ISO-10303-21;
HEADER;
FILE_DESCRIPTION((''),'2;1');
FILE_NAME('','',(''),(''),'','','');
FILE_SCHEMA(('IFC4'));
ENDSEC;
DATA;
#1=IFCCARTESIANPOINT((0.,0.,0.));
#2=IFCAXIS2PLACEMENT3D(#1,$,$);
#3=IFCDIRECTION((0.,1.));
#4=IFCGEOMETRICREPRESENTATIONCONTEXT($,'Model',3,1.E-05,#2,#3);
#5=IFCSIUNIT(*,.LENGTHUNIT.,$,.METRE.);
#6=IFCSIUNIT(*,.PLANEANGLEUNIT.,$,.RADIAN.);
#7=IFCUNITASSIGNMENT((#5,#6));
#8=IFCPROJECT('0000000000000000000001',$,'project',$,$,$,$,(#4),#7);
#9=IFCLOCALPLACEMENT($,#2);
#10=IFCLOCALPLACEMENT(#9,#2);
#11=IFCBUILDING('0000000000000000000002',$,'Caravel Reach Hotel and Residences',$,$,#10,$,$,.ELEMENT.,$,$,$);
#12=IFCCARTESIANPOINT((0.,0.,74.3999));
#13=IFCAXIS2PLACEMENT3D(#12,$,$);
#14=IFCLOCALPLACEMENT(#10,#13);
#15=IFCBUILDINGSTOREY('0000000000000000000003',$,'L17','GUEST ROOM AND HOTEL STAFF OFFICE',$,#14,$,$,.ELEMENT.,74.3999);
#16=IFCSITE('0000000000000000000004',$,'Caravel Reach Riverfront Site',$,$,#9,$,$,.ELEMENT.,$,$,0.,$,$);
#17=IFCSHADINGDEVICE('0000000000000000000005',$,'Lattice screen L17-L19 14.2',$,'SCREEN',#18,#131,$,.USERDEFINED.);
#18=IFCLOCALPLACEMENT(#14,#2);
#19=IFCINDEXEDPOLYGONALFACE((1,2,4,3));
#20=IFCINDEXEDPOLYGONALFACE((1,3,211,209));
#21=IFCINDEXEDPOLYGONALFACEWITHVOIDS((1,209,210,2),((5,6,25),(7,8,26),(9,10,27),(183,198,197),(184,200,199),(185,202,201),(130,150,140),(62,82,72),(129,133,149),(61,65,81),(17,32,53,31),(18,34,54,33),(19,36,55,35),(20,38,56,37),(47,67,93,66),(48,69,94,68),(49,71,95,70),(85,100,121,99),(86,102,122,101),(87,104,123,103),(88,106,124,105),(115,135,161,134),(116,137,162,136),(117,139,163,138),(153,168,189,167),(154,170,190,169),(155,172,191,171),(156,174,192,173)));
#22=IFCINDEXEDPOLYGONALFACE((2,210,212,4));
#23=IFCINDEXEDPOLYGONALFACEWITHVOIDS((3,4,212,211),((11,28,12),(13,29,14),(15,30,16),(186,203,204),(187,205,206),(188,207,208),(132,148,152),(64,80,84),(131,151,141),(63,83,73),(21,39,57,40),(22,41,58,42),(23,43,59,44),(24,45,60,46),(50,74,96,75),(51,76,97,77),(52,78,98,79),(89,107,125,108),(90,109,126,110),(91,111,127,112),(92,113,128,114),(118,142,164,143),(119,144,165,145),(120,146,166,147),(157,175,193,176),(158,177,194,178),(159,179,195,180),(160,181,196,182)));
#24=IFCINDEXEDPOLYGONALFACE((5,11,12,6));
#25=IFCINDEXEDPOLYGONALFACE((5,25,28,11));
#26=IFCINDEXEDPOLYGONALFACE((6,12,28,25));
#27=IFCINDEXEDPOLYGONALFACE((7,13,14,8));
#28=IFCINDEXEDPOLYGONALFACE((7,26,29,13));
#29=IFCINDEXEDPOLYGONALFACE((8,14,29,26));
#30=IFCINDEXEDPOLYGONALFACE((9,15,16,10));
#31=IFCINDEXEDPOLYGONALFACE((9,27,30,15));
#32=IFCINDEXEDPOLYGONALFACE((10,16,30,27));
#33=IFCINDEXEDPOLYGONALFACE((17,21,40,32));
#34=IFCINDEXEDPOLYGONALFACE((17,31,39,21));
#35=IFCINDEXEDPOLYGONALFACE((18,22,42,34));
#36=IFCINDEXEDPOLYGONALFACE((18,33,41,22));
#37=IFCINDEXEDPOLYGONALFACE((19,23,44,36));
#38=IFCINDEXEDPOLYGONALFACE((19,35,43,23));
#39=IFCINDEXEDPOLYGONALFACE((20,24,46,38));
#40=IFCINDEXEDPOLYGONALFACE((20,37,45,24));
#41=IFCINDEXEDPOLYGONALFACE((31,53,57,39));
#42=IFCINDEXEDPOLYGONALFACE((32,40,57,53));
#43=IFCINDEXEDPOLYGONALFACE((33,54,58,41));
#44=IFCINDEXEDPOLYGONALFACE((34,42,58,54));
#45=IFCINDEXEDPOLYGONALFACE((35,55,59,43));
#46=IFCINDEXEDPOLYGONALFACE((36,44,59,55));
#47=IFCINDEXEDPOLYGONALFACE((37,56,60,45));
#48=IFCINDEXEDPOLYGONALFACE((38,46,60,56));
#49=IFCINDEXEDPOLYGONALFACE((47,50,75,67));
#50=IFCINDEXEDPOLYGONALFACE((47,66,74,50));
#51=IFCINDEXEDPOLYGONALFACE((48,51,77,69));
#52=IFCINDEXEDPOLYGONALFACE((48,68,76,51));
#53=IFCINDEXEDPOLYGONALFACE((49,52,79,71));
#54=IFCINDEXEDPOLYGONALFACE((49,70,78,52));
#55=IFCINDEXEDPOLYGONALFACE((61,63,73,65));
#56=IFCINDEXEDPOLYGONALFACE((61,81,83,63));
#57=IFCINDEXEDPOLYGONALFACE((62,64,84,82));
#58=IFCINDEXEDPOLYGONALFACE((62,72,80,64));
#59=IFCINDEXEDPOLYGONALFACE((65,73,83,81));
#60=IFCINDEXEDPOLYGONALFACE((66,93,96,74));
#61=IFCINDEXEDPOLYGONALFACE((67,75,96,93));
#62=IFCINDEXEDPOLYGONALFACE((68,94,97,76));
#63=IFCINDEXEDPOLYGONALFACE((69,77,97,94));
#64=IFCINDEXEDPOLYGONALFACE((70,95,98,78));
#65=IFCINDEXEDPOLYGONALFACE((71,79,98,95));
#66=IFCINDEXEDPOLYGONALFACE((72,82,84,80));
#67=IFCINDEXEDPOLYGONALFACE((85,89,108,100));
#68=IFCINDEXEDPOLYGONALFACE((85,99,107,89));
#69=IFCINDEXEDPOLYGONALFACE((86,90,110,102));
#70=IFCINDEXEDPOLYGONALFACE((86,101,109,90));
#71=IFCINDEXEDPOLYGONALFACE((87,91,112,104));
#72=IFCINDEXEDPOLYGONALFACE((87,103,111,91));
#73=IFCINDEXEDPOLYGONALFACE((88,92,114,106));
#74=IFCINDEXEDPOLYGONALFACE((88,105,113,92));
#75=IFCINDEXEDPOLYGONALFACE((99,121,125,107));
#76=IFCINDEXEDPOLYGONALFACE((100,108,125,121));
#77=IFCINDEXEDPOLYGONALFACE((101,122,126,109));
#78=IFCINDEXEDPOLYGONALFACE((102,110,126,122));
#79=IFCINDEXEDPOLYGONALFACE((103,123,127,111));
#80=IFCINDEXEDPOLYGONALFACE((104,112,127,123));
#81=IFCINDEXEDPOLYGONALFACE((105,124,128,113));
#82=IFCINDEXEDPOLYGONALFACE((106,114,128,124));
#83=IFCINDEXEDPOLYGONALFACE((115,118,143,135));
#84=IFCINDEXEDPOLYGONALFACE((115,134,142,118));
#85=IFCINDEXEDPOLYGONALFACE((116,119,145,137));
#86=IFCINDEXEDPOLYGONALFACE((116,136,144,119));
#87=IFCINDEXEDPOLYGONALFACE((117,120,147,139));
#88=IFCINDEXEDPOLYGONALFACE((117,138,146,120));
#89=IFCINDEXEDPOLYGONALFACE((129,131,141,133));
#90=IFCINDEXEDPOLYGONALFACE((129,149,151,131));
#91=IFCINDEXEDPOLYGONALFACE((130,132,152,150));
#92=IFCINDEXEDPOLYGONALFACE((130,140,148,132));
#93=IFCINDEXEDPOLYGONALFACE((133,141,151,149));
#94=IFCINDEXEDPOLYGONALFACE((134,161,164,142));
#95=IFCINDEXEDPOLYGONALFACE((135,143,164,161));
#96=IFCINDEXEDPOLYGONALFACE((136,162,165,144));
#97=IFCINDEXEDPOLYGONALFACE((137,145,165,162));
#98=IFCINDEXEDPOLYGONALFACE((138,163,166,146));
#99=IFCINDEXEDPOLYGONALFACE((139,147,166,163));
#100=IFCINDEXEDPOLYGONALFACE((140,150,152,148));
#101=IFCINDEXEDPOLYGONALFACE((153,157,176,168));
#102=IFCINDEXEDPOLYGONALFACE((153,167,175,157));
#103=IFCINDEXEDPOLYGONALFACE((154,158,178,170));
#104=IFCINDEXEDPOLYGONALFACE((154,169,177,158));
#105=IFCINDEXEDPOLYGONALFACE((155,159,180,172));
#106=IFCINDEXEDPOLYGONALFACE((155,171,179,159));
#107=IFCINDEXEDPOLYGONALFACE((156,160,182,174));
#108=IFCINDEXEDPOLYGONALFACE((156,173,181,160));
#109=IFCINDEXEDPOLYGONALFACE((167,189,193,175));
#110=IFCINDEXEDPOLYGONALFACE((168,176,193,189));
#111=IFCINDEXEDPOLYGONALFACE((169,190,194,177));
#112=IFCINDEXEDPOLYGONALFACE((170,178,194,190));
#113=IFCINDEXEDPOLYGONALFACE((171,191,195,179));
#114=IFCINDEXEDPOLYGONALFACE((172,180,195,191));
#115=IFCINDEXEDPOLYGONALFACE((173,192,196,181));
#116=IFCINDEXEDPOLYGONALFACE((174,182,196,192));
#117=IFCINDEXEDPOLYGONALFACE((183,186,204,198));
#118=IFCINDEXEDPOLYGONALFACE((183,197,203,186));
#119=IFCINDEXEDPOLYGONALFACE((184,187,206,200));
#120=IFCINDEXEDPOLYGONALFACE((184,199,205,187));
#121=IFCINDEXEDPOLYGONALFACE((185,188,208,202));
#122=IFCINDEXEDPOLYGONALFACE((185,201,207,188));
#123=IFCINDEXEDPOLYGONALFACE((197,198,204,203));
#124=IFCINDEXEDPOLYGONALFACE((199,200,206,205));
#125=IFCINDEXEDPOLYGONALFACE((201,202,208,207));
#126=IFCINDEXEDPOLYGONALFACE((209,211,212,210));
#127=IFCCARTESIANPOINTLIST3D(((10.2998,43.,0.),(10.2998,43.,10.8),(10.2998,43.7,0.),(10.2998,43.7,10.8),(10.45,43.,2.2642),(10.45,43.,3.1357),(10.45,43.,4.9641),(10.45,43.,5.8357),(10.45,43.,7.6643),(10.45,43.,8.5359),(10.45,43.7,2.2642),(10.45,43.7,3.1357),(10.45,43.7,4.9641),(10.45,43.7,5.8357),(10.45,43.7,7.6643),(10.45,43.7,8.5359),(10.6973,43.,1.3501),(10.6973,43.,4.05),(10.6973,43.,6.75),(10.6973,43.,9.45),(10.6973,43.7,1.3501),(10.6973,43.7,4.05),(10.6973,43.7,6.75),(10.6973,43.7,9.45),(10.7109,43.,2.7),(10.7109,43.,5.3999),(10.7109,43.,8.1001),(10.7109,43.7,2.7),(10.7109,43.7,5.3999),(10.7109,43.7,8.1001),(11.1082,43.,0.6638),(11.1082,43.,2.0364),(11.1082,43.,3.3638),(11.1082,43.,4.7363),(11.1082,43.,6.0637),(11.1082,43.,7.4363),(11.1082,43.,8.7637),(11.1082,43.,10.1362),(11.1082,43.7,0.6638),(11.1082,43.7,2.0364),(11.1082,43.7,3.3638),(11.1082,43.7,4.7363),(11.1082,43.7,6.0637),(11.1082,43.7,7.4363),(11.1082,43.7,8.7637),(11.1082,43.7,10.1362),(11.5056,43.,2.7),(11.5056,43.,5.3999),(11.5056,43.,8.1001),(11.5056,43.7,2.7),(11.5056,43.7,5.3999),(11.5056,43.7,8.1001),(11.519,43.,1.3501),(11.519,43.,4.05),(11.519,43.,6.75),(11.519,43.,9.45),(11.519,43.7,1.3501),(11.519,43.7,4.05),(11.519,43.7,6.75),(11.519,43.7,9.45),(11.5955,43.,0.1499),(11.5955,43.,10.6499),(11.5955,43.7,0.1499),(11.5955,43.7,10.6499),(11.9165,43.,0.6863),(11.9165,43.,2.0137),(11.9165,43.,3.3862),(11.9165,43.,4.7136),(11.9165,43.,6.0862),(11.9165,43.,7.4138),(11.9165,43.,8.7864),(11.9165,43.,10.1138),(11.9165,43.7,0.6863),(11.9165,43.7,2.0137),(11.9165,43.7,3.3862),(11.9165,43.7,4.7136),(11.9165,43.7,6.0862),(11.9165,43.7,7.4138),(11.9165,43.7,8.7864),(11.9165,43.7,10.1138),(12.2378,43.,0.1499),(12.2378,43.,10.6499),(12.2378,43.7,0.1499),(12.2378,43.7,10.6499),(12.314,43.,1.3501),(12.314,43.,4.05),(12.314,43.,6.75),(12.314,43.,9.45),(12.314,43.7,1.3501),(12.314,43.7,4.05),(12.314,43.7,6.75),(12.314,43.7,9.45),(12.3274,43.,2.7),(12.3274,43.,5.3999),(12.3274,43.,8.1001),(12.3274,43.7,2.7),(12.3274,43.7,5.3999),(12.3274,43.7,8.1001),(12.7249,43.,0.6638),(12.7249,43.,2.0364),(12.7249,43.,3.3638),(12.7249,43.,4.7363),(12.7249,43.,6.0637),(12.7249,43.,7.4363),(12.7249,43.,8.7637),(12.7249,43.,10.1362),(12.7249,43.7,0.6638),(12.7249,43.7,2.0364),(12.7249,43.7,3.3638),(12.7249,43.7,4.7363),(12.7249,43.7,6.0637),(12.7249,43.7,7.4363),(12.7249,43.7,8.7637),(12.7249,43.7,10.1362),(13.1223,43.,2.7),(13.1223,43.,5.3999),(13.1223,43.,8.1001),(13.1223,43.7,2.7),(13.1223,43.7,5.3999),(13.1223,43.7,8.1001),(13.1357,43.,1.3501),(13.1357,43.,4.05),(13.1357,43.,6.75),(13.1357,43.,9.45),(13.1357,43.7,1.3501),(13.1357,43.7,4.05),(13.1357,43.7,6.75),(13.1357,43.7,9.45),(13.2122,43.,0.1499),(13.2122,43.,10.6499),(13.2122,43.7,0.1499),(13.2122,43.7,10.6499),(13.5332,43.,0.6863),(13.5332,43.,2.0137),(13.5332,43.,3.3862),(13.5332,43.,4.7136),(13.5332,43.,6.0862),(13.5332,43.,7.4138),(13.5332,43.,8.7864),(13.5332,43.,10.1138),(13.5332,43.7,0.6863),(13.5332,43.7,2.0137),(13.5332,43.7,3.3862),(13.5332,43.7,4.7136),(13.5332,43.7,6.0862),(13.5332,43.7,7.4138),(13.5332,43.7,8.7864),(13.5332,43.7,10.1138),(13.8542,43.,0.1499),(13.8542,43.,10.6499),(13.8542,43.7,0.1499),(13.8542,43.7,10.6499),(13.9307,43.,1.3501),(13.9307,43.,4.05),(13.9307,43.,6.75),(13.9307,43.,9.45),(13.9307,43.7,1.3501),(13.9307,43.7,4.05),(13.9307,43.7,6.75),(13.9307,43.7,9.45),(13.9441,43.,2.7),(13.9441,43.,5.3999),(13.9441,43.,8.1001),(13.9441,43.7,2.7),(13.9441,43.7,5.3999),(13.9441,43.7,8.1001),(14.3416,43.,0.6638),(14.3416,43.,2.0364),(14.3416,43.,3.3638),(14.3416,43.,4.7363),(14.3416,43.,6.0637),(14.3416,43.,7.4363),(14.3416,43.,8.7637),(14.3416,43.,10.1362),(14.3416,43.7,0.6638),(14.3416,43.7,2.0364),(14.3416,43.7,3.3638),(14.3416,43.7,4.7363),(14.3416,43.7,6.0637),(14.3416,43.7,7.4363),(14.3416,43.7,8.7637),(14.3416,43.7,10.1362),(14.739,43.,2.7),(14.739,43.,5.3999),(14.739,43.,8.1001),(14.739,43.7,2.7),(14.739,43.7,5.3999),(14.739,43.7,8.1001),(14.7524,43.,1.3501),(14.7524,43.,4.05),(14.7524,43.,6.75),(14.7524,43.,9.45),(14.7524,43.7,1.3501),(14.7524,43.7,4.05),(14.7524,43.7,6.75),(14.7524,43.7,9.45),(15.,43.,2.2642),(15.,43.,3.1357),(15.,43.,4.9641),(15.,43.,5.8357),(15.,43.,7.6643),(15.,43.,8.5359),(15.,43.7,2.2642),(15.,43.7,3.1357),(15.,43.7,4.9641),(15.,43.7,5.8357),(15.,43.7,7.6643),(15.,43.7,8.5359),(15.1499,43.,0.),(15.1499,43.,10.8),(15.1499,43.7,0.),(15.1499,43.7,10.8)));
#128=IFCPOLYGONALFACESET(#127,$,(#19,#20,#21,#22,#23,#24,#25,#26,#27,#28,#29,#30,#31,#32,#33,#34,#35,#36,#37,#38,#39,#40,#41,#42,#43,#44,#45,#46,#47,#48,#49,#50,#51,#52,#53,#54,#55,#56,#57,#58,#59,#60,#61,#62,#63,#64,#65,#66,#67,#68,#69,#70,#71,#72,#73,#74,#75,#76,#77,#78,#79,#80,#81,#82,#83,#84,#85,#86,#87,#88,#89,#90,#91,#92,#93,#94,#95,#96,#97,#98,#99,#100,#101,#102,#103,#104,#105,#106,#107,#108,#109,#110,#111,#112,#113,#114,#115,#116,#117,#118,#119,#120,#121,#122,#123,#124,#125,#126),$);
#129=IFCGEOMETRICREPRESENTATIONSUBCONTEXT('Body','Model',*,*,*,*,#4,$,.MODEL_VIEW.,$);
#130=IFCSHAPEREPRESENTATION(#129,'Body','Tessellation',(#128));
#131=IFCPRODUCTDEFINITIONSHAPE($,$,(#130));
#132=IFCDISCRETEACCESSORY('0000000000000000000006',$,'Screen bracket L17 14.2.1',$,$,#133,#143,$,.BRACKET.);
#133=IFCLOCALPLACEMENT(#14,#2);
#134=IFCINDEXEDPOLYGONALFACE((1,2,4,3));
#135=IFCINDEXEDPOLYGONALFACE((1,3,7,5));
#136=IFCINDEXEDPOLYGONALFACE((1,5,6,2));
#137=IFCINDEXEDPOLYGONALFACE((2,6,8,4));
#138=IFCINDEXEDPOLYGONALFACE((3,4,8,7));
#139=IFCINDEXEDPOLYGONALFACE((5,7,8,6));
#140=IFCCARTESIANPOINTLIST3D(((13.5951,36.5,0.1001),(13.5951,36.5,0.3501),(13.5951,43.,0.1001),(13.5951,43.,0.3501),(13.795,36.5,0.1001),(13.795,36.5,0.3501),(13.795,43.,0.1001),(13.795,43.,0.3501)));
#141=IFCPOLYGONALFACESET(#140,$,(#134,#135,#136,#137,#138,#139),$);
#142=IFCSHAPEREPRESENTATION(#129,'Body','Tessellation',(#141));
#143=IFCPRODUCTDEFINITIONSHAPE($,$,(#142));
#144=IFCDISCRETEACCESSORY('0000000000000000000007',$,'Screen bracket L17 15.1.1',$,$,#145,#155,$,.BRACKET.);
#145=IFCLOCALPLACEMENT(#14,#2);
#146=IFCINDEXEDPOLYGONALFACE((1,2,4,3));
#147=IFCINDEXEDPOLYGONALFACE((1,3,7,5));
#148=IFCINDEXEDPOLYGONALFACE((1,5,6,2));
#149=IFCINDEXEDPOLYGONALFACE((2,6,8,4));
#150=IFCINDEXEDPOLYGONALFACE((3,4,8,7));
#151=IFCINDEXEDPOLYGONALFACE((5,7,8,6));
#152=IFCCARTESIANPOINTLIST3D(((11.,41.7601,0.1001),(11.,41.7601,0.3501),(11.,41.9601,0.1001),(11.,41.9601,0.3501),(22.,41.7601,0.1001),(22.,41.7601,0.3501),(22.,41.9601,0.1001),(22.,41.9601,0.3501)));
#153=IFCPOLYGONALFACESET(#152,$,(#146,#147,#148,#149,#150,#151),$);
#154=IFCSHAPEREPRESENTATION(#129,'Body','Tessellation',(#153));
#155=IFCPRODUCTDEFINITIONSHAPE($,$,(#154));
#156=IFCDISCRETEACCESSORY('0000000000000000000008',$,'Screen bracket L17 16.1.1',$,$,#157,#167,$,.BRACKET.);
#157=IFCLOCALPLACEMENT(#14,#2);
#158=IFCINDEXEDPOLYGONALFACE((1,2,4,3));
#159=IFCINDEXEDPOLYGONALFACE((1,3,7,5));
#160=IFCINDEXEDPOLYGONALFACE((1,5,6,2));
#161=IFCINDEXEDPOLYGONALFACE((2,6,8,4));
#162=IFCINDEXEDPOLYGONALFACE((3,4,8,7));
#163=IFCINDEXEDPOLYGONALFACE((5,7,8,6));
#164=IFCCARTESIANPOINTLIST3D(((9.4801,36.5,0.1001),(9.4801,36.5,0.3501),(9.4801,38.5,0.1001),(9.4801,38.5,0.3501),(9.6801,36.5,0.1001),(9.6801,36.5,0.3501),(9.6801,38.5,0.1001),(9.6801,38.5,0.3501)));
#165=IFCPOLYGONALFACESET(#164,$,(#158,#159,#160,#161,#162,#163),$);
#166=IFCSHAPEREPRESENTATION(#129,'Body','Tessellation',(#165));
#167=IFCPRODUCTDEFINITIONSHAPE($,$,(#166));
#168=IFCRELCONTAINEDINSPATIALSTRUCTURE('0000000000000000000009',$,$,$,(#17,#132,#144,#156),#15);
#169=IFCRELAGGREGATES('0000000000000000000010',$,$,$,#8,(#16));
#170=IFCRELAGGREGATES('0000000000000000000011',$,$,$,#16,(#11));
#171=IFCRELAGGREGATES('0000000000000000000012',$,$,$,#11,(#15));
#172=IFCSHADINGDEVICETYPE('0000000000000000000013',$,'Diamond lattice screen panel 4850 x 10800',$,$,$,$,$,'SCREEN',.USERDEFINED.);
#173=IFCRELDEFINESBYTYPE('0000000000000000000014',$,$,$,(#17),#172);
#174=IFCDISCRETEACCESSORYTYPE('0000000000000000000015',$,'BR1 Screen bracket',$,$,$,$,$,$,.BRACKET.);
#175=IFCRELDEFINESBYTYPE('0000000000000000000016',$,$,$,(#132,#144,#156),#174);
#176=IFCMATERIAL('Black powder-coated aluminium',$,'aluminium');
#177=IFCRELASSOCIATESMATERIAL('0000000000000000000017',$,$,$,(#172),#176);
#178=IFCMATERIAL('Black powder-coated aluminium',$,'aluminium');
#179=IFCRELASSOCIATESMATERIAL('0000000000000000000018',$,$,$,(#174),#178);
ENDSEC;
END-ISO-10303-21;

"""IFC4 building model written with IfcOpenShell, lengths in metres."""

from ifc_helpers import new_model, si_unit, direction, frame, origin, origin_2d, place, context, subcontext, project, spatial, polyline, rectangle, outline, extrude, material, type_object, element, save


model = new_model("IFC4")

# Units and contexts
model_context = context("Model", 3, precision=1e-05, world=origin(), true_north=direction((0.0, 1.0)))
body_context = subcontext(model_context, "Body", "Model", "MODEL_VIEW")
ifc_project = project(units=[si_unit("LENGTHUNIT", "METRE"), si_unit("PLANEANGLEUNIT", "RADIAN")], contexts=[model_context])

# Site, building, storey
site_placement = place(None, origin())
site = spatial("IfcSite", under=ifc_project, at=site_placement, Name="Caravel Reach Riverfront Site", CompositionType="ELEMENT", RefElevation=0.0)
building_placement = place(site_placement, origin())
building = spatial("IfcBuilding", under=site, at=building_placement, Name="Caravel Reach Hotel and Residences", CompositionType="ELEMENT")
storey_placement = place(building_placement, frame((0.0, 0.0, 74.3999)))
storey = spatial("IfcBuildingStorey", under=building, at=storey_placement, Name="L17", Description="GUEST ROOM AND HOTEL STAFF OFFICE", CompositionType="ELEMENT", Elevation=74.3999)

# Shading device
ifc_material_1 = material(Name="Black powder-coated aluminium", Category="aluminium")
shading_device_type_1 = type_object("IfcShadingDeviceType", Name="Diamond lattice screen panel 4850 x 10800", ElementType="SCREEN", PredefinedType="USERDEFINED", material=ifc_material_1)
shading_device_1_placement = place(storey_placement, frame((15.1499, 43.0, 0.0), z_axis=(0.0, 1.0, 0.0), x_axis=(-1.0, 0.0, 0.0)))
element("IfcShadingDevice", 1, at=shading_device_1_placement, inside=storey, type_object=shading_device_type_1, Name="Lattice screen L17-L19 14.2", ObjectType="SCREEN", PredefinedType="USERDEFINED", context=body_context, shape_type="SweptSolid", body=[
    extrude(outline(polyline([(0.0, 0.0), (4.8501, 0.0), (4.8501, 10.8), (0.0, 10.8), (0.0, 0.0)]), holes=[polyline([(0.4109, 2.7), (0.1499, 3.1357), (0.1499, 2.2642), (0.4109, 2.7)]), polyline([(0.4109, 5.3999), (0.1499, 5.8357), (0.1499, 4.9641), (0.4109, 5.3999)]), polyline([(0.4109, 8.1001), (0.1499, 8.5359), (0.1499, 7.6643), (0.4109, 8.1001)]), polyline([(0.8083, 2.0364), (0.3975, 1.3501), (0.8083, 0.6638), (1.2192, 1.3501), (0.8083, 2.0364)]), polyline([(0.8083, 4.7363), (0.3975, 4.05), (0.8083, 3.3638), (1.2192, 4.05), (0.8083, 4.7363)]), polyline([(0.8083, 7.4363), (0.3975, 6.75), (0.8083, 6.0637), (1.2192, 6.75), (0.8083, 7.4363)]), polyline([(0.8083, 10.1362), (0.3975, 9.45), (0.8083, 8.7637), (1.2192, 9.45), (0.8083, 10.1362)]), polyline([(1.6167, 0.6863), (1.2957, 0.1499), (1.9377, 0.1499), (1.6167, 0.6863)]), polyline([(1.6167, 3.3862), (1.2058, 2.7), (1.6167, 2.0137), (2.0276, 2.7), (1.6167, 3.3862)]), polyline([(1.6167, 6.0862), (1.2058, 5.3999), (1.6167, 4.7136), (2.0276, 5.3999), (1.6167, 6.0862)]), polyline([(1.6167, 8.7864), (1.2058, 8.1001), (1.6167, 7.4138), (2.0276, 8.1001), (1.6167, 8.7864)]), polyline([(1.6167, 10.1138), (1.9377, 10.6499), (1.2957, 10.6499), (1.6167, 10.1138)]), polyline([(2.425, 2.0364), (2.0142, 1.3501), (2.425, 0.6638), (2.8359, 1.3501), (2.425, 2.0364)]), polyline([(2.425, 4.7363), (2.0142, 4.05), (2.425, 3.3638), (2.8359, 4.05), (2.425, 4.7363)]), polyline([(2.425, 7.4363), (2.0142, 6.75), (2.425, 6.0637), (2.8359, 6.75), (2.425, 7.4363)]), polyline([(2.425, 10.1362), (2.0142, 9.45), (2.425, 8.7637), (2.8359, 9.45), (2.425, 10.1362)]), polyline([(3.2334, 0.6863), (2.9121, 0.1499), (3.5544, 0.1499), (3.2334, 0.6863)]), polyline([(3.2334, 3.3862), (2.8225, 2.7), (3.2334, 2.0137), (3.6443, 2.7), (3.2334, 3.3862)]), polyline([(3.2334, 6.0862), (2.8225, 5.3999), (3.2334, 4.7136), (3.6443, 5.3999), (3.2334, 6.0862)]), polyline([(3.2334, 8.7864), (2.8225, 8.1001), (3.2334, 7.4138), (3.6443, 8.1001), (3.2334, 8.7864)]), polyline([(3.2334, 10.1138), (3.5544, 10.6499), (2.9121, 10.6499), (3.2334, 10.1138)]), polyline([(4.0417, 2.0364), (3.6309, 1.3501), (4.0417, 0.6638), (4.4526, 1.3501), (4.0417, 2.0364)]), polyline([(4.0417, 4.7363), (3.6309, 4.05), (4.0417, 3.3638), (4.4526, 4.05), (4.0417, 4.7363)]), polyline([(4.0417, 7.4363), (3.6309, 6.75), (4.0417, 6.0637), (4.4526, 6.75), (4.0417, 7.4363)]), polyline([(4.0417, 10.1362), (3.6309, 9.45), (4.0417, 8.7637), (4.4526, 9.45), (4.0417, 10.1362)]), polyline([(4.439, 2.7), (4.7, 2.2642), (4.7, 3.1357), (4.439, 2.7)]), polyline([(4.439, 5.3999), (4.7, 4.9641), (4.7, 5.8357), (4.439, 5.3999)]), polyline([(4.439, 8.1001), (4.7, 7.6643), (4.7, 8.5359), (4.439, 8.1001)])]), origin(), (0.0, 0.0, 1.0), 0.7),
])

# Discrete accessories
ifc_material_2 = material(Name="Black powder-coated aluminium", Category="aluminium")
discrete_accessory_type = type_object("IfcDiscreteAccessoryType", Name="BR1 Screen bracket", PredefinedType="BRACKET", material=ifc_material_2)
discrete_accessory_1_placement = place(storey_placement, frame((13.6951, 39.75, 0.1001), z_axis=(0.0, 0.0, 1.0), x_axis=(0.0, 1.0, 0.0)))
element("IfcDiscreteAccessory", 2, at=discrete_accessory_1_placement, inside=storey, type_object=discrete_accessory_type, Name="Screen bracket L17 14.2.1", PredefinedType="BRACKET", context=body_context, shape_type="SweptSolid", body=[
    extrude(rectangle(XDim=6.5, YDim=0.2, at=origin_2d()), origin(), (0.0, 0.0, 1.0), 0.25),
])
discrete_accessory_2_placement = place(storey_placement, frame((16.5, 41.8601, 0.1001), z_axis=(0.0, 0.0, 1.0), x_axis=(-1.0, 0.0, 0.0)))
element("IfcDiscreteAccessory", 3, at=discrete_accessory_2_placement, inside=storey, type_object=discrete_accessory_type, Name="Screen bracket L17 15.1.1", PredefinedType="BRACKET", context=body_context, shape_type="SweptSolid", body=[
    extrude(rectangle(XDim=11.0, YDim=0.2, at=origin_2d()), origin(), (0.0, 0.0, 1.0), 0.25),
])
discrete_accessory_3_placement = place(storey_placement, frame((9.5801, 37.5, 0.1001), z_axis=(0.0, 0.0, 1.0), x_axis=(0.0, 1.0, 0.0)))
element("IfcDiscreteAccessory", 4, at=discrete_accessory_3_placement, inside=storey, type_object=discrete_accessory_type, Name="Screen bracket L17 16.1.1", PredefinedType="BRACKET", context=body_context, shape_type="SweptSolid", body=[
    extrude(rectangle(XDim=2.0, YDim=0.2, at=origin_2d()), origin(), (0.0, 0.0, 1.0), 0.25),
])

save(model, "model.ifc")
